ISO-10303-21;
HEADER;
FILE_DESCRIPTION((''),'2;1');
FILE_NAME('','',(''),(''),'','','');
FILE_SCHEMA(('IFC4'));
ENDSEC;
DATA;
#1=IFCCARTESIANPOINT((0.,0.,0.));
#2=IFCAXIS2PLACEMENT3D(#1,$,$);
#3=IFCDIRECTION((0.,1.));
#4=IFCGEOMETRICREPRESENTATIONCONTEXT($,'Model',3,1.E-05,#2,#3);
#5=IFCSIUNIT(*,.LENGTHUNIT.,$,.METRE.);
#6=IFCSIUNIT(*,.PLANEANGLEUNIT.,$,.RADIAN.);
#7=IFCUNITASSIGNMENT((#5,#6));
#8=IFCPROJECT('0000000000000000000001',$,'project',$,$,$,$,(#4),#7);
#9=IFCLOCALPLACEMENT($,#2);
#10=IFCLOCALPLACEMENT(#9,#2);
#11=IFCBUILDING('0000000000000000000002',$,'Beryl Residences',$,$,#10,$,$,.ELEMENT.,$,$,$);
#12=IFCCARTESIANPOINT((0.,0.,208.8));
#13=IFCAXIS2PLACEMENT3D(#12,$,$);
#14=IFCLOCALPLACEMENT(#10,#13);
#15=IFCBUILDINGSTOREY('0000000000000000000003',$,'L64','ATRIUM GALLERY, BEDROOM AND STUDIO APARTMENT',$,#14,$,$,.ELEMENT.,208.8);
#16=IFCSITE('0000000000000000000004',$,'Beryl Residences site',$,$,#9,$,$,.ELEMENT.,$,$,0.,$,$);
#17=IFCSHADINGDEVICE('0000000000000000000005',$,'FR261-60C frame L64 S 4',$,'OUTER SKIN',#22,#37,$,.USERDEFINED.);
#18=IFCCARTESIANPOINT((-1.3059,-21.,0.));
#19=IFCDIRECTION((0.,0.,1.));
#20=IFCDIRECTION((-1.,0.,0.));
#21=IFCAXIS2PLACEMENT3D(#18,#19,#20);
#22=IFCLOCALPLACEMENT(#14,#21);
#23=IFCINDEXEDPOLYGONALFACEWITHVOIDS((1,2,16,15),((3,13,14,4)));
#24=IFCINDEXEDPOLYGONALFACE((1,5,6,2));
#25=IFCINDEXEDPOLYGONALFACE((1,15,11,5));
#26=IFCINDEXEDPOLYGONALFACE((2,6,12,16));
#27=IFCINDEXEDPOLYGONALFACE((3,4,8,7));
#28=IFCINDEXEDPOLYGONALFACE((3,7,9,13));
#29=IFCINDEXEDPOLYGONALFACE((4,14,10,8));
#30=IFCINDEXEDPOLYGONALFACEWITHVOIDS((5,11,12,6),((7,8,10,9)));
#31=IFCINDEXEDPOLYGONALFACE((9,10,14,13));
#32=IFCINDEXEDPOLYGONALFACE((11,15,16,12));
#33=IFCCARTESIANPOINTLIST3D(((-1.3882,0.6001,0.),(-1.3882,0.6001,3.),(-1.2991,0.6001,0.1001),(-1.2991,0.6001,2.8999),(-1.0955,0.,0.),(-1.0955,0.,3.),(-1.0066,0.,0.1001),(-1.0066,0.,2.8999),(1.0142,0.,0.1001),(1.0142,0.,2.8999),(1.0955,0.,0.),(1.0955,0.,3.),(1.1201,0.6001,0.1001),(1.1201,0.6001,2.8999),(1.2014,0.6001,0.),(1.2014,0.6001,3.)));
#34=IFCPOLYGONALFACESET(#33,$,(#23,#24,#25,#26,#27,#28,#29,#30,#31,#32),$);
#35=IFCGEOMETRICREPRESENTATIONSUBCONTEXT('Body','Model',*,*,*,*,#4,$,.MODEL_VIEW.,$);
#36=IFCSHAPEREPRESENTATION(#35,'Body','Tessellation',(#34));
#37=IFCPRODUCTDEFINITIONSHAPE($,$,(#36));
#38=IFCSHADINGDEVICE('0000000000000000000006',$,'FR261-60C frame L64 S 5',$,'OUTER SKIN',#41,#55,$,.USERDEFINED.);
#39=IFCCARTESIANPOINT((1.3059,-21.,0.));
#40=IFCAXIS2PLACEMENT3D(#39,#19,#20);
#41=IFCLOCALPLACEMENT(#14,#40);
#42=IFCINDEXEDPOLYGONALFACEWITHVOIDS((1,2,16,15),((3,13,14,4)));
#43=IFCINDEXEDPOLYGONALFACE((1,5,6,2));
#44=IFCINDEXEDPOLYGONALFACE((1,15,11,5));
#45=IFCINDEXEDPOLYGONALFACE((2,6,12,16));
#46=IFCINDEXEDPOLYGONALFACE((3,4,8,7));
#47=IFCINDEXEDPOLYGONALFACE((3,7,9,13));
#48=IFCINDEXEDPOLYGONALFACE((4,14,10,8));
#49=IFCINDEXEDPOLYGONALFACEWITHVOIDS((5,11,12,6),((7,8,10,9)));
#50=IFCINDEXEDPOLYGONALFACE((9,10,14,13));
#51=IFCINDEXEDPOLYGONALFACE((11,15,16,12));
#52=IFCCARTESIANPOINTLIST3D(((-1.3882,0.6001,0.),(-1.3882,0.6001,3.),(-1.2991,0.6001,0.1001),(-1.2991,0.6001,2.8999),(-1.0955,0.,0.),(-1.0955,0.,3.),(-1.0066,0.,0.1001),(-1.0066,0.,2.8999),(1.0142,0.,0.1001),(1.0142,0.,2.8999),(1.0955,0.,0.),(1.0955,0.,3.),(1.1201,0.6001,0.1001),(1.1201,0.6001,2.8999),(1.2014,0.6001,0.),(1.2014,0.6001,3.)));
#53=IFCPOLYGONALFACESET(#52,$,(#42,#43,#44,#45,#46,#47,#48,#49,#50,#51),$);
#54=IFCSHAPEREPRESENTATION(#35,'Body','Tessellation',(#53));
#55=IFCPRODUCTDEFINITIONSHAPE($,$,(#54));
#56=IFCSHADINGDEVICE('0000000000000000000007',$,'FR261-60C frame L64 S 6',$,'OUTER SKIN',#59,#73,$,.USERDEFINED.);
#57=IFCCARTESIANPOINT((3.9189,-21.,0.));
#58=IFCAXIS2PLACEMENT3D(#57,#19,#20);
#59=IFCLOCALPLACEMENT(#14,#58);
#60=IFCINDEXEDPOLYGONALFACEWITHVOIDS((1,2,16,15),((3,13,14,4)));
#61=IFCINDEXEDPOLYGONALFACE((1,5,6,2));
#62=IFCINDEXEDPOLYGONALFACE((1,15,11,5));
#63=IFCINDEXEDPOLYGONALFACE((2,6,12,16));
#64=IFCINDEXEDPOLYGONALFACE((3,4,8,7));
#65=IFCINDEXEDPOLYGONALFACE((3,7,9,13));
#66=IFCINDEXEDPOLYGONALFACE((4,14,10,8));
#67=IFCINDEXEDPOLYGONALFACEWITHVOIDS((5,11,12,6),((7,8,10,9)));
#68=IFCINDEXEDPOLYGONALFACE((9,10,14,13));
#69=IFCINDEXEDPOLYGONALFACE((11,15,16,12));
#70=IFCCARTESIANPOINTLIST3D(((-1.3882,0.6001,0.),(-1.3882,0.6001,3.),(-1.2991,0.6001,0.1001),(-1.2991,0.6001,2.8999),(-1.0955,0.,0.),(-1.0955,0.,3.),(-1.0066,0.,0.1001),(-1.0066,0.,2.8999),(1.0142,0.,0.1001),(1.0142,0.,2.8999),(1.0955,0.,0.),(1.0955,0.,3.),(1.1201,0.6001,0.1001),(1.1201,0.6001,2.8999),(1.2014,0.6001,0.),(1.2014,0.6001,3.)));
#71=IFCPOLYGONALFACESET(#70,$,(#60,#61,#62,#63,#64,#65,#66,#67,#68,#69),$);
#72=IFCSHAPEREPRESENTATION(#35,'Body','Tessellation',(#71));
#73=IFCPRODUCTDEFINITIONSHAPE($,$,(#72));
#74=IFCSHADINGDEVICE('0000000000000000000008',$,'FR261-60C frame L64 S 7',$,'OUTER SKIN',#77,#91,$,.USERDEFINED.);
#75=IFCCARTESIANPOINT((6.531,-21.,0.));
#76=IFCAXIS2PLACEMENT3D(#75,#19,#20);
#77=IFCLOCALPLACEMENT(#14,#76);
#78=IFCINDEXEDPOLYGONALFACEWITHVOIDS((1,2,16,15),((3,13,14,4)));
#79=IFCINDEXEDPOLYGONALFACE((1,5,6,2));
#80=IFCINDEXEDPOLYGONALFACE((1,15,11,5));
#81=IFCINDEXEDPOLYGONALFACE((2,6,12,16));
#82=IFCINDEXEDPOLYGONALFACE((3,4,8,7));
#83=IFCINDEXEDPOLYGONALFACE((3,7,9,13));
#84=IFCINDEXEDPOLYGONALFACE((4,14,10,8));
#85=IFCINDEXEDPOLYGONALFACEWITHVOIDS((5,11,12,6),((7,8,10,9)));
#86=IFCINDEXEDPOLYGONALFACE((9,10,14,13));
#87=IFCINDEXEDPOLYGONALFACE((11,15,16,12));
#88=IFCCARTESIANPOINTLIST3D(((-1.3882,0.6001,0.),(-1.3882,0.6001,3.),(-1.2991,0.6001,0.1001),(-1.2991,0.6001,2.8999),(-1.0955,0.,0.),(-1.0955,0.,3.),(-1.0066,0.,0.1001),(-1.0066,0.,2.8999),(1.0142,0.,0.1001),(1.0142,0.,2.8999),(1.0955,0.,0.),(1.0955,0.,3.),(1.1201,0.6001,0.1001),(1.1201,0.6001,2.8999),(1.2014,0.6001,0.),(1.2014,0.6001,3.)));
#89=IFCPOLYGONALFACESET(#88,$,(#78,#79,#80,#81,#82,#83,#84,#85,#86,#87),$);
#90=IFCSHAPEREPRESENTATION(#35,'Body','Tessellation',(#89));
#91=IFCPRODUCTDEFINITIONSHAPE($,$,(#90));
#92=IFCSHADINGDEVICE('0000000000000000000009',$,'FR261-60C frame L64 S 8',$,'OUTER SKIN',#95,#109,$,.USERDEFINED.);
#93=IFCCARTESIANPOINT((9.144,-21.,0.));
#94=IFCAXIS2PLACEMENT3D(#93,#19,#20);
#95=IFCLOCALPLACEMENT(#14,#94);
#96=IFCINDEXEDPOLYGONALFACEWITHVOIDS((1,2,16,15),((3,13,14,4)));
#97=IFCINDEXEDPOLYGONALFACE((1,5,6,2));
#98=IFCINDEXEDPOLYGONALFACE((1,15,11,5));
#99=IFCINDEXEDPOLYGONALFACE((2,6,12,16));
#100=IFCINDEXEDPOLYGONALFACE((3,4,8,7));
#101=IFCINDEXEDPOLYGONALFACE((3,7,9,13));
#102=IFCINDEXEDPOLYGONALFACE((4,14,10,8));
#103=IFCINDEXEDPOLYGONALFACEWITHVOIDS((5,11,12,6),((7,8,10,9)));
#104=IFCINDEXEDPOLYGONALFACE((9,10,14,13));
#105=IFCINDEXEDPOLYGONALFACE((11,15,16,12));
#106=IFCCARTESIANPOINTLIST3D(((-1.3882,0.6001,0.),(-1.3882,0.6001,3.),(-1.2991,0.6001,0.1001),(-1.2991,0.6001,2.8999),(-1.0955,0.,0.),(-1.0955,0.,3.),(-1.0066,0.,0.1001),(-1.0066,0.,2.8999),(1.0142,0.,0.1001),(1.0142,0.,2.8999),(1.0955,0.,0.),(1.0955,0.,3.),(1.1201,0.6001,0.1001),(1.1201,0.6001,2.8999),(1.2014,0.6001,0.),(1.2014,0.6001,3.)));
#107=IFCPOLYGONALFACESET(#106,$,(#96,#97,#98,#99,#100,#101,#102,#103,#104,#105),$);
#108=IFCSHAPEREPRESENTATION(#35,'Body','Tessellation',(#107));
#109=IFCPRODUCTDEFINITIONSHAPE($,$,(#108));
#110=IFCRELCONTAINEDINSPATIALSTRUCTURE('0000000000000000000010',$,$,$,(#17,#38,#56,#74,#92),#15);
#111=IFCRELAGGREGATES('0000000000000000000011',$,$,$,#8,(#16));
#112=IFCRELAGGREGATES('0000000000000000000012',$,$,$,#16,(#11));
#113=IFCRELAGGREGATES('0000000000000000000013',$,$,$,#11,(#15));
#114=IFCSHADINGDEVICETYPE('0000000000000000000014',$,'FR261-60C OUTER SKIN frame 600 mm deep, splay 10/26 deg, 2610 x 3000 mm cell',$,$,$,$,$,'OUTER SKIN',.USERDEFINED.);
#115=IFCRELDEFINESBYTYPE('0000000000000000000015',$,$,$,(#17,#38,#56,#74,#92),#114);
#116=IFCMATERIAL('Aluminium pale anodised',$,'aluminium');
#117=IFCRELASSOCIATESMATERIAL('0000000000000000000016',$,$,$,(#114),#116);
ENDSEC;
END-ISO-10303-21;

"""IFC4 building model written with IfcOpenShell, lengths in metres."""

from ifc_helpers import new_model, entity, si_unit, direction, frame, origin, place, context, subcontext, project, spatial, source, transform, mapped, material, type_object, type_shapes, element, save


model = new_model("IFC4")

# Units and contexts
model_context = context("Model", 3, precision=1e-05, world=origin(), true_north=direction((0.0, 1.0)))
body_context = subcontext(model_context, "Body", "Model", "MODEL_VIEW")
ifc_project = project(units=[si_unit("LENGTHUNIT", "METRE"), si_unit("PLANEANGLEUNIT", "RADIAN")], contexts=[model_context])

# Site, building, storey
site_placement = place(None, origin())
site = spatial("IfcSite", under=ifc_project, at=site_placement, Name="Beryl Residences site", CompositionType="ELEMENT", RefElevation=0.0)
building_placement = place(site_placement, origin())
building = spatial("IfcBuilding", under=site, at=building_placement, Name="Beryl Residences", CompositionType="ELEMENT")
storey_placement = place(building_placement, frame((0.0, 0.0, 208.8)))
storey = spatial("IfcBuildingStorey", under=building, at=storey_placement, Name="L64", Description="ATRIUM GALLERY, BEDROOM AND STUDIO APARTMENT", CompositionType="ELEMENT", Elevation=208.8)

# Shading devices
ifc_material_1 = material(Name="Aluminium pale anodised", Category="aluminium")
shading_device_type = type_object("IfcShadingDeviceType", Name="FR261-60C OUTER SKIN frame 600 mm deep, splay 10/26 deg, 2610 x 3000 mm cell", ElementType="OUTER SKIN", PredefinedType="USERDEFINED", material=ifc_material_1)
cartesian_point_1 = entity("IfcCartesianPoint", [-1.0955, 0.0])
cartesian_point_2 = entity("IfcCartesianPoint", [-1.0142, 0.1001])
cartesian_point_3 = entity("IfcCartesianPoint", [-1.2014, 0.0])
cartesian_point_4 = entity("IfcCartesianPoint", [-1.1201, 0.1001])
shared_shape_1 = source(origin(), body_context, "Body", "SweptSolid", [
    entity("IfcExtrudedAreaSolidTapered", entity("IfcArbitraryProfileDefWithVoids", "AREA", None, entity("IfcPolyline", [cartesian_point_1, entity("IfcCartesianPoint", [1.0955, 0.0]), entity("IfcCartesianPoint", [1.0955, 3.0]), entity("IfcCartesianPoint", [-1.0955, 3.0]), cartesian_point_1]), [entity("IfcPolyline", [cartesian_point_2, entity("IfcCartesianPoint", [1.0066, 0.1001]), entity("IfcCartesianPoint", [1.0066, 2.8999]), entity("IfcCartesianPoint", [-1.0142, 2.8999]), cartesian_point_2])]), entity("IfcAxis2Placement3D", entity("IfcCartesianPoint", [0.0, 0.0, 0.0]), entity("IfcDirection", [0.0, 1.0, 0.0]), entity("IfcDirection", [-1.0, 0.0, 0.0])), entity("IfcDirection", [0.0, 0.0, 1.0]), 0.6001, entity("IfcArbitraryProfileDefWithVoids", "AREA", None, entity("IfcPolyline", [cartesian_point_3, entity("IfcCartesianPoint", [1.3882, 0.0]), entity("IfcCartesianPoint", [1.3882, 3.0]), entity("IfcCartesianPoint", [-1.2014, 3.0]), cartesian_point_3]), [entity("IfcPolyline", [cartesian_point_4, entity("IfcCartesianPoint", [1.2991, 0.1001]), entity("IfcCartesianPoint", [1.2991, 2.8999]), entity("IfcCartesianPoint", [-1.1201, 2.8999]), cartesian_point_4])])),
])
type_shapes(shading_device_type, [shared_shape_1])
for number, where, z_axis, x_axis, name in (
    (1, (-1.3059, -21.0, 0.0), (0.0, 0.0, 1.0), (-1.0, 0.0, 0.0), "FR261-60C frame L64 S 4"),
    (2, (1.3059, -21.0, 0.0), (0.0, 0.0, 1.0), (-1.0, 0.0, 0.0), "FR261-60C frame L64 S 5"),
    (3, (3.9189, -21.0, 0.0), (0.0, 0.0, 1.0), (-1.0, 0.0, 0.0), "FR261-60C frame L64 S 6"),
    (4, (6.531, -21.0, 0.0), (0.0, 0.0, 1.0), (-1.0, 0.0, 0.0), "FR261-60C frame L64 S 7"),
    (5, (9.144, -21.0, 0.0), (0.0, 0.0, 1.0), (-1.0, 0.0, 0.0), "FR261-60C frame L64 S 8"),
):
    element("IfcShadingDevice", number, at=place(storey_placement, frame(where, z_axis=z_axis, x_axis=x_axis)), inside=storey, type_object=shading_device_type, Name=name, ObjectType="OUTER SKIN", PredefinedType="USERDEFINED", context=body_context, shape_type="MappedRepresentation", body=[
        mapped(shared_shape_1, transform((0.0, 0.0, 0.0))),
    ])

save(model, "model.ifc")
